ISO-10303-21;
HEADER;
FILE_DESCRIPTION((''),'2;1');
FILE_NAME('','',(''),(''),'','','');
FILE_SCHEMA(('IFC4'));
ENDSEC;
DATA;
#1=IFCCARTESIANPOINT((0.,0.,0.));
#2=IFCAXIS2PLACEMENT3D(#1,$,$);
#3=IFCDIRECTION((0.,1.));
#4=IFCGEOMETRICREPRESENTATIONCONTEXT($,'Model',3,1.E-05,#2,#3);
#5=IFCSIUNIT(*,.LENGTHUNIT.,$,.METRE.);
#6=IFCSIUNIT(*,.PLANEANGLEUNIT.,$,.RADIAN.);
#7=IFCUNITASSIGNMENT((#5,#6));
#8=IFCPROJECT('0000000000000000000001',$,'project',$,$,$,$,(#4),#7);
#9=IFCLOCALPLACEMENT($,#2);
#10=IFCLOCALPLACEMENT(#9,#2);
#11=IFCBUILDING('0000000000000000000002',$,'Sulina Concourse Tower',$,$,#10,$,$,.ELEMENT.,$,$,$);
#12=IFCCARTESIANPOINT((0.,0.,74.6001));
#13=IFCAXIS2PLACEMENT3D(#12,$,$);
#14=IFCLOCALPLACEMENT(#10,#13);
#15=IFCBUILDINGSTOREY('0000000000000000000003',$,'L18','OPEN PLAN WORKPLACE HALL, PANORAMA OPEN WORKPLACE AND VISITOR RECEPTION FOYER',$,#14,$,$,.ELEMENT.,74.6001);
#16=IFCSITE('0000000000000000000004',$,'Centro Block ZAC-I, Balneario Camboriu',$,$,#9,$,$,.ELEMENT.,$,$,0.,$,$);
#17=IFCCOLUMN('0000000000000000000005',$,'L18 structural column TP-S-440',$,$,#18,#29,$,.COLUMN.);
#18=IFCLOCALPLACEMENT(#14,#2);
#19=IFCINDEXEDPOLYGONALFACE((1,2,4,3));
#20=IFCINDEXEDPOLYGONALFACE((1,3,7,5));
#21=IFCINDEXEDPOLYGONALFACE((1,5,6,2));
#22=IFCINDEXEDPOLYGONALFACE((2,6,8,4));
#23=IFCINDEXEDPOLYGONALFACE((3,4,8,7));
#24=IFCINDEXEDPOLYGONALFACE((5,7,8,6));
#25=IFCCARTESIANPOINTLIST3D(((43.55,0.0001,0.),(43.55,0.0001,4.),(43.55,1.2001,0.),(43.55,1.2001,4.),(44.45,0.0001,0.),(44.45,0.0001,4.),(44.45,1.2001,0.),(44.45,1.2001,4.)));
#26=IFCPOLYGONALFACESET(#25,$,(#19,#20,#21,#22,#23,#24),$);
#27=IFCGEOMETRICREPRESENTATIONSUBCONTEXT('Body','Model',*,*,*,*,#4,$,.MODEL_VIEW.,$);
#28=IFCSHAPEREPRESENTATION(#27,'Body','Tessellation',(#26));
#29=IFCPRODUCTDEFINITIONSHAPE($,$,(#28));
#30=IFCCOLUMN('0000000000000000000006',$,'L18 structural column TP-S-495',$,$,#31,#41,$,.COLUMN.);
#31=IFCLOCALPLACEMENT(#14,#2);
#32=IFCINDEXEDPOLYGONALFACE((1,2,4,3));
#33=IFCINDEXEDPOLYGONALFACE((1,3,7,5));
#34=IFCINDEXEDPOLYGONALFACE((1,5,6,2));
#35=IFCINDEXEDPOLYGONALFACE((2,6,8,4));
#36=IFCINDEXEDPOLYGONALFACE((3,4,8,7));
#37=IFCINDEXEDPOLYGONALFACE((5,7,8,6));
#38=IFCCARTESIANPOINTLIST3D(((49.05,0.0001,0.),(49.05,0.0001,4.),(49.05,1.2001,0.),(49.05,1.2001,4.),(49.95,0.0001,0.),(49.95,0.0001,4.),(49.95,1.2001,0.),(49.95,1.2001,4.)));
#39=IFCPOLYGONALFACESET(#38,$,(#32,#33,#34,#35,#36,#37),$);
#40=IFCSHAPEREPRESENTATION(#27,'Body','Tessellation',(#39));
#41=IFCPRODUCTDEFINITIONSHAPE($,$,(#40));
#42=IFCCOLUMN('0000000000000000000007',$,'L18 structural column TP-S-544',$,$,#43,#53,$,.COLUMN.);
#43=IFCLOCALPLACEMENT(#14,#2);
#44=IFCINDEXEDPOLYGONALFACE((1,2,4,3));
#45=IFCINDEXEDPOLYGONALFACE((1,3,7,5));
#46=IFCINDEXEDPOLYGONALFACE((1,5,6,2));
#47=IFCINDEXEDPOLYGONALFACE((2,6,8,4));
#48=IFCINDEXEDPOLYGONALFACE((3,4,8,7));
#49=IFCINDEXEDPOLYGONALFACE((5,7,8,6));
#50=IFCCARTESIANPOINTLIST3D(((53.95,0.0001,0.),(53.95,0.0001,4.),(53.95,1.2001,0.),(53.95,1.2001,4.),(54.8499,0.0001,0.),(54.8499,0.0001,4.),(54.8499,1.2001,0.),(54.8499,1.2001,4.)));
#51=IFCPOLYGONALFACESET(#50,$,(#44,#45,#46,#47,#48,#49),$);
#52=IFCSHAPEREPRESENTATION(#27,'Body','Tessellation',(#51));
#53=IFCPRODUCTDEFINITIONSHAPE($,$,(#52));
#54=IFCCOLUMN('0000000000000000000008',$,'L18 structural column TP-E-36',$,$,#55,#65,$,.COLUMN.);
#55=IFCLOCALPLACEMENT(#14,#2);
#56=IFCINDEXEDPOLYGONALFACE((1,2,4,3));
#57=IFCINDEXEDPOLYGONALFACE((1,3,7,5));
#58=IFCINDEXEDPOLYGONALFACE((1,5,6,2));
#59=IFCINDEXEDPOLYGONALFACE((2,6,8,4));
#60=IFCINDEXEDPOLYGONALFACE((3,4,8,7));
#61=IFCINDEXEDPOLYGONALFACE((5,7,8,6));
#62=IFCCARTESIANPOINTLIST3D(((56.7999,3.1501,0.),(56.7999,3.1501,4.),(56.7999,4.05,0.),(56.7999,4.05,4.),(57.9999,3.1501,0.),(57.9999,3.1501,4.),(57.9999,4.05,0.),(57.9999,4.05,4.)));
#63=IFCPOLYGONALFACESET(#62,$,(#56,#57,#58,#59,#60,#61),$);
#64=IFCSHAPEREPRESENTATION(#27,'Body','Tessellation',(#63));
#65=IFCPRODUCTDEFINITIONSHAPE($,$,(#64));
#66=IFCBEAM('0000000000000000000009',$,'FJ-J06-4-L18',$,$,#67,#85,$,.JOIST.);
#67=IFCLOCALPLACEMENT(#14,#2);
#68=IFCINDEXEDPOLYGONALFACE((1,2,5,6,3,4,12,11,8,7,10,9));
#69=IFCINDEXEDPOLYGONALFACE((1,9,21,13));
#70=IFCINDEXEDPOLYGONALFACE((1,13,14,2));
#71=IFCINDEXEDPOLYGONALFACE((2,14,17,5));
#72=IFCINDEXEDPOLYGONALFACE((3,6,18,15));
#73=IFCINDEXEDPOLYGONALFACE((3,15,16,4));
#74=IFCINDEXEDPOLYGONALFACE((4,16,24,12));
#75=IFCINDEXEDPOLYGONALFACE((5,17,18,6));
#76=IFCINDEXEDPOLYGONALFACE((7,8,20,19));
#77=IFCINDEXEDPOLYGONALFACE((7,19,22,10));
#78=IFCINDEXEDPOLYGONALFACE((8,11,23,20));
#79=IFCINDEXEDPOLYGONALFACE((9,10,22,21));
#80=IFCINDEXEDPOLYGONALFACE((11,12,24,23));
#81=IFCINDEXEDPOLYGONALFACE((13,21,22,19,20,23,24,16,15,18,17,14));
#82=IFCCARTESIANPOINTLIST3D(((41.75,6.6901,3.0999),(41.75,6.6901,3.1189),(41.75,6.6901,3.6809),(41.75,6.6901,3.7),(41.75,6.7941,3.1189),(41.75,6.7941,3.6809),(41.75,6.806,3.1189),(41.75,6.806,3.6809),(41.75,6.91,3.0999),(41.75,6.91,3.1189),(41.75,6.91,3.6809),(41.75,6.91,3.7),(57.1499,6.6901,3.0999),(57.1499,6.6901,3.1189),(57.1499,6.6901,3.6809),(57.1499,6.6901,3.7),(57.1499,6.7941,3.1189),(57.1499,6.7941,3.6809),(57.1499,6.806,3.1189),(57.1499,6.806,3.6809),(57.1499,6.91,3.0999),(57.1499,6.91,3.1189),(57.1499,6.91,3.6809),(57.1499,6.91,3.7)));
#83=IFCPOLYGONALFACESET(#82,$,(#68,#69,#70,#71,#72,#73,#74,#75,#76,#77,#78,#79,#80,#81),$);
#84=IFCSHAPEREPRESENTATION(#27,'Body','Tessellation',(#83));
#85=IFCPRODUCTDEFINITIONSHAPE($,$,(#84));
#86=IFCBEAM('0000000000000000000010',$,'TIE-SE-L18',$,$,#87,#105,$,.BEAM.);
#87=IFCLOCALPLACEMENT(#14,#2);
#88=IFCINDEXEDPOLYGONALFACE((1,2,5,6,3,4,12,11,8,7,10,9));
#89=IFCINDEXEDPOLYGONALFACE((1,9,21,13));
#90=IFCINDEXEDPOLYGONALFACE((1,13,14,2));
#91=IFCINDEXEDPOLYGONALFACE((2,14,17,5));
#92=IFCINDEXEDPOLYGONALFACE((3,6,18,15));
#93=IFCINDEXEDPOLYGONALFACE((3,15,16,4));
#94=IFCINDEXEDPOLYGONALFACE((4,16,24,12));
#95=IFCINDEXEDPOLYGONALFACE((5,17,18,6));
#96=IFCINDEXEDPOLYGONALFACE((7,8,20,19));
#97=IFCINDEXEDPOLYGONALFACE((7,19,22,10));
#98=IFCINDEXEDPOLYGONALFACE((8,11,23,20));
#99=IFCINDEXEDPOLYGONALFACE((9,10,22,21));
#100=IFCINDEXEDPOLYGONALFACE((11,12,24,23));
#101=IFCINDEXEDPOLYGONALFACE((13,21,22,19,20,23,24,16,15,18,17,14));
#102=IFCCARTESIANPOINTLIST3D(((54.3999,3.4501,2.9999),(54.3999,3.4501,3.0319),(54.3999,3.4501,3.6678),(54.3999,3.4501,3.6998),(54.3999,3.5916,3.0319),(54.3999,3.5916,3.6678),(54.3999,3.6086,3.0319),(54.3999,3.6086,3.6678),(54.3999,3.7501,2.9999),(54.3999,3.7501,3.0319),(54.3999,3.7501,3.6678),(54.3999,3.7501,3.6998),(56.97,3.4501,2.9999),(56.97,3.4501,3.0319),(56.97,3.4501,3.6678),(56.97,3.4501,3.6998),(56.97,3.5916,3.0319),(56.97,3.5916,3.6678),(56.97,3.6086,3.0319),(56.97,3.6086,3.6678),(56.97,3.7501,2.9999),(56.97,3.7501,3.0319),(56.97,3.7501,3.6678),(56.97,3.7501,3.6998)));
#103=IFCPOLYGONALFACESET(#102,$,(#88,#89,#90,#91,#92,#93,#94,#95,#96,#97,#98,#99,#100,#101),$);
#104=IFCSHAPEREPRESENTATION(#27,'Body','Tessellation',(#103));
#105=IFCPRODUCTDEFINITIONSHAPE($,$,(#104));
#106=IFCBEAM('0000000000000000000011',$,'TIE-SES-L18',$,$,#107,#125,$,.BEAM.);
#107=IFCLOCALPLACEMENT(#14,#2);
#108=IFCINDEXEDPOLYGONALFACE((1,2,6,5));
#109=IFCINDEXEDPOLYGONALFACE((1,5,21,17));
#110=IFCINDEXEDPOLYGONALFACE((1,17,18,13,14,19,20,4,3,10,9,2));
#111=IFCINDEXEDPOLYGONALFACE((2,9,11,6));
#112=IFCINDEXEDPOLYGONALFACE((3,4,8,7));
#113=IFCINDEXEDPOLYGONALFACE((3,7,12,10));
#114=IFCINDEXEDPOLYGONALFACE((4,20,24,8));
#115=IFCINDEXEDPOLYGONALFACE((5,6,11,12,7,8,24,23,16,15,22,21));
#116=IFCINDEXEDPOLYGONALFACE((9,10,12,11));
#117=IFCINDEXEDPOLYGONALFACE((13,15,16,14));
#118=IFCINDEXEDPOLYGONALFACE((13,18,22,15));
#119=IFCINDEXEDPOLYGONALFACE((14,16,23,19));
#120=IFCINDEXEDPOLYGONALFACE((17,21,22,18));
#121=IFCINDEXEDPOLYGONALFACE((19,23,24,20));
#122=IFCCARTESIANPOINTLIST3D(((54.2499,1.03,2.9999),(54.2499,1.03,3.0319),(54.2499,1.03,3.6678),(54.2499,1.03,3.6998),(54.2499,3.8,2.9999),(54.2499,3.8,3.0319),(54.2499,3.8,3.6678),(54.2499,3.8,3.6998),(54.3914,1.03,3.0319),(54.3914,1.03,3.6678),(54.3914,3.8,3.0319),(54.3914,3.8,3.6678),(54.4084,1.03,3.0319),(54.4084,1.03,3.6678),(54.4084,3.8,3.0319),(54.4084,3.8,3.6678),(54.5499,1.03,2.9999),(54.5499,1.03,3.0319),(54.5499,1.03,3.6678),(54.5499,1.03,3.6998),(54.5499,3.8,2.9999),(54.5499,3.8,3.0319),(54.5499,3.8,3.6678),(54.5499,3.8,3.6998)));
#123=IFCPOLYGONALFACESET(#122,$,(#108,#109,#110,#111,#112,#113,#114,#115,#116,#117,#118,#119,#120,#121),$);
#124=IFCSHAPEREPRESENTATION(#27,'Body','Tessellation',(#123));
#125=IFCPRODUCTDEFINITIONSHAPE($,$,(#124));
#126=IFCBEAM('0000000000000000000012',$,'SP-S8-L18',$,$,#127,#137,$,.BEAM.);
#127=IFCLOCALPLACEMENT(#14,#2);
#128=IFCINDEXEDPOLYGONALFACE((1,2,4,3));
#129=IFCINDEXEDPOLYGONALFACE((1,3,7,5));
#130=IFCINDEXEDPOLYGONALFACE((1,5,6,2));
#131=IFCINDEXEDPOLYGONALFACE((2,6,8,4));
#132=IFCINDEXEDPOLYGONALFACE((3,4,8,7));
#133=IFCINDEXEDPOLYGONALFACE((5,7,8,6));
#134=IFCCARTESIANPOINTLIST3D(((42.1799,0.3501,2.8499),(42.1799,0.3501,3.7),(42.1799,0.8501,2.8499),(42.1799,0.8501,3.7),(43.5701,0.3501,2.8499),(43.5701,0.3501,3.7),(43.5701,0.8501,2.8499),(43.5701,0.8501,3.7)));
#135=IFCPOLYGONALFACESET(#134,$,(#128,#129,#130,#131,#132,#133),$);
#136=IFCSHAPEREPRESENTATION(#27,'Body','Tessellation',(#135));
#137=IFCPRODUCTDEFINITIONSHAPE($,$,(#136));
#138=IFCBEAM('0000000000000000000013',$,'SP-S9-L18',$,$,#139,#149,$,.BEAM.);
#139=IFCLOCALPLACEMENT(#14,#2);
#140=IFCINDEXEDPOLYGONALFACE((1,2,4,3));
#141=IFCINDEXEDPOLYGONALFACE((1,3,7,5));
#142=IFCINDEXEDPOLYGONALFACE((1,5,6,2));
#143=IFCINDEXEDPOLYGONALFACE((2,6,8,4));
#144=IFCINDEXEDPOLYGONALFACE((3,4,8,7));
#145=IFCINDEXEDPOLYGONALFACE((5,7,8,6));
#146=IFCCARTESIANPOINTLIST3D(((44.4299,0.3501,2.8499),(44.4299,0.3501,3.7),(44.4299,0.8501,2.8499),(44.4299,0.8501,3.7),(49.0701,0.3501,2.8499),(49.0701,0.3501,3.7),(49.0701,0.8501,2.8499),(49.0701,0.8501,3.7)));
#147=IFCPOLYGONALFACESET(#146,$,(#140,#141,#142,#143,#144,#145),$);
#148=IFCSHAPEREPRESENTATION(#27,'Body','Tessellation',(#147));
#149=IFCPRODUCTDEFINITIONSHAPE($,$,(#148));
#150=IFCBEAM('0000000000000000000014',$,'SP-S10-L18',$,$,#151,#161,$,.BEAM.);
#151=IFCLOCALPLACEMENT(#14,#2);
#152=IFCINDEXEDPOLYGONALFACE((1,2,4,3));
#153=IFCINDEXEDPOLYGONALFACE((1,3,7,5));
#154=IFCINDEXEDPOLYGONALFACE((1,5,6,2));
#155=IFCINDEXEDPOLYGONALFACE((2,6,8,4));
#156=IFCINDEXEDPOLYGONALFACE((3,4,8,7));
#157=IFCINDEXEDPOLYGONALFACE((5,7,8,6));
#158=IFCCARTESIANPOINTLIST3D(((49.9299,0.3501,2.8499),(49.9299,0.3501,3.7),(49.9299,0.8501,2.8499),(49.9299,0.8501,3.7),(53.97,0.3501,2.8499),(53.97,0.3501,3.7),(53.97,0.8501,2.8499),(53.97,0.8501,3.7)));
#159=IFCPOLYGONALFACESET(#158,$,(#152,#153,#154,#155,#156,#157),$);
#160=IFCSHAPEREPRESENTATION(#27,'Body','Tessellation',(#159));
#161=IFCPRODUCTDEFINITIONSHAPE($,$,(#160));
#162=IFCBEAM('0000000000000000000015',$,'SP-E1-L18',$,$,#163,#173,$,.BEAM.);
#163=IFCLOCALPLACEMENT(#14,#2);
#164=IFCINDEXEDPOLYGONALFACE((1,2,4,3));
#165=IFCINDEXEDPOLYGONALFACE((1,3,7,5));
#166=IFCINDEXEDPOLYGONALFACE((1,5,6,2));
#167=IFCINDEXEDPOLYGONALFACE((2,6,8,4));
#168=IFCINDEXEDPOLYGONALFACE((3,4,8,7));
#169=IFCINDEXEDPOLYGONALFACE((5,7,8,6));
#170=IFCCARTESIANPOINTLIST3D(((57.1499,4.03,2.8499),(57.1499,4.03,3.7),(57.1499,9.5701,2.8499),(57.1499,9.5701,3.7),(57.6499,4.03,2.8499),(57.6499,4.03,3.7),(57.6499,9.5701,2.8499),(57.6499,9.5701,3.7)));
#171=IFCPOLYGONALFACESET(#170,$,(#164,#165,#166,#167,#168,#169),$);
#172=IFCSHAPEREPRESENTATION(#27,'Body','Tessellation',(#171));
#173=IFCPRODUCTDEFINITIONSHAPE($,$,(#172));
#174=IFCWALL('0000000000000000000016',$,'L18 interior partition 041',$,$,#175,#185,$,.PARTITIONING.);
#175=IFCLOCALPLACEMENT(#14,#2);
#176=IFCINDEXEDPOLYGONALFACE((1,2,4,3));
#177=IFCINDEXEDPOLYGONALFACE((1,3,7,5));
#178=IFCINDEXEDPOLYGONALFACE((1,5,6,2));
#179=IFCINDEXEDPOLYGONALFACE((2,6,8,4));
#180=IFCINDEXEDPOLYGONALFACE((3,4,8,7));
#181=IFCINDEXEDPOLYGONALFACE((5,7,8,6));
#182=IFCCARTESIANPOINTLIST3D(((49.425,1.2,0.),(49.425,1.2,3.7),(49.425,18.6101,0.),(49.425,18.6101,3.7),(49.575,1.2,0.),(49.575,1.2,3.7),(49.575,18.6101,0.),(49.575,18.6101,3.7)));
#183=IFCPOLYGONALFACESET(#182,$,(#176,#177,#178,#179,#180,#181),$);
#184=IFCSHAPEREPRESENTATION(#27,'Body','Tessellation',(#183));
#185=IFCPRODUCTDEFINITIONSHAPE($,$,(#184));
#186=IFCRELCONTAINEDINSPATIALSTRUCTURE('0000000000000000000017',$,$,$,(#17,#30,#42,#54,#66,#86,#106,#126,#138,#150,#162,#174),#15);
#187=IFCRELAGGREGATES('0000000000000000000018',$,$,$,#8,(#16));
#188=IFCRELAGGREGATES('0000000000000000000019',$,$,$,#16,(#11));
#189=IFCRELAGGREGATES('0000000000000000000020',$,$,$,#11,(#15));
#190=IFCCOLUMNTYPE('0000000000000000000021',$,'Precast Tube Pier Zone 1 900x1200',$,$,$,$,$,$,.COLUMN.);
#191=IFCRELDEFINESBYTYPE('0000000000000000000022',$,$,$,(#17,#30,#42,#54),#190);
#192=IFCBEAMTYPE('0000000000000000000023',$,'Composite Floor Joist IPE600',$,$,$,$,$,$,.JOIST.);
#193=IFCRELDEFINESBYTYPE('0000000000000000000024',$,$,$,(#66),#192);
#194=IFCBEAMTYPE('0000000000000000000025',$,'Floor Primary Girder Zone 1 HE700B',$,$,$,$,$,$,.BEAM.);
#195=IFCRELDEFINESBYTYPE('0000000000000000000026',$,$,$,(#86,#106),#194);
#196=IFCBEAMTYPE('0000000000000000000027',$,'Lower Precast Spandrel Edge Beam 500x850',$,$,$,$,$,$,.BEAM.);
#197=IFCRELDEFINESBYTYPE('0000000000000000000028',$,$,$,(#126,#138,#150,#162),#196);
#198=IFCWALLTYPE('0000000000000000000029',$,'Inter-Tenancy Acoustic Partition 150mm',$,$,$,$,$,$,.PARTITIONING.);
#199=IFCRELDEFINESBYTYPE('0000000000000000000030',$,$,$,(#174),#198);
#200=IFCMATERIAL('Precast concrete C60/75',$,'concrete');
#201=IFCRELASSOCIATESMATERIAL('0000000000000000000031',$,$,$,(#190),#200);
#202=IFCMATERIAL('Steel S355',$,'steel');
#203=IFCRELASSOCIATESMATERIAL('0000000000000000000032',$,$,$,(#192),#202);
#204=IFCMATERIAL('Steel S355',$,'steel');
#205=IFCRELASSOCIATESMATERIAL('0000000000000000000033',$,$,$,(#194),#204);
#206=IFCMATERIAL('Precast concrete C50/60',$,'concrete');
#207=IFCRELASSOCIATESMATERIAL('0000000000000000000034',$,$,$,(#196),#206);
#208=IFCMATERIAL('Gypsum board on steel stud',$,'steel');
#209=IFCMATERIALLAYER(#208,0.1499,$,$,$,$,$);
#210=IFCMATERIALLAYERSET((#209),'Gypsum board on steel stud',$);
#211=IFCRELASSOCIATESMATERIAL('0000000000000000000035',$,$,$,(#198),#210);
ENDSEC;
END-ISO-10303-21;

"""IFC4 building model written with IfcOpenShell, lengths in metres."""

from ifc_helpers import new_model, si_unit, direction, frame, frame_2d, origin, origin_2d, place, context, subcontext, project, spatial, rectangle, i_section, extrude, material, layer, layer_set, material_profile, profile_set, type_object, element, save


model = new_model("IFC4")

# Units and contexts
model_context = context("Model", 3, precision=1e-05, world=origin(), true_north=direction((0.0, 1.0)))
body_context = subcontext(model_context, "Body", "Model", "MODEL_VIEW")
ifc_project = project(units=[si_unit("LENGTHUNIT", "METRE"), si_unit("PLANEANGLEUNIT", "RADIAN")], contexts=[model_context])

# Site, building, storey
site_placement = place(None, origin())
site = spatial("IfcSite", under=ifc_project, at=site_placement, Name="Centro Block ZAC-I, Balneario Camboriu", CompositionType="ELEMENT", RefElevation=0.0)
building_placement = place(site_placement, origin())
building = spatial("IfcBuilding", under=site, at=building_placement, Name="Sulina Concourse Tower", CompositionType="ELEMENT")
storey_placement = place(building_placement, frame((0.0, 0.0, 74.6001)))
storey = spatial("IfcBuildingStorey", under=building, at=storey_placement, Name="L18", Description="OPEN PLAN WORKPLACE HALL, PANORAMA OPEN WORKPLACE AND VISITOR RECEPTION FOYER", CompositionType="ELEMENT", Elevation=74.6001)

# Columns
ifc_material_1 = material(Name="Precast concrete C60/75", Category="concrete")
ifc_material_profile_1 = material_profile(ifc_material_1, rectangle(XDim=0.8999, YDim=1.2, at=origin_2d()), Name="PC 900x1200")
ifc_profile_set_1 = profile_set([ifc_material_profile_1], Name="Precast concrete C60/75")
column_type = type_object("IfcColumnType", Name="Precast Tube Pier Zone 1 900x1200", PredefinedType="COLUMN", material=ifc_profile_set_1)
for number, where, z_axis, x_axis, name in (
    (1, (44.0, 0.6001, 0.0), (0.0, 0.0, 1.0), (1.0, 0.0, 0.0), "L18 structural column TP-S-440"),
    (2, (49.5, 0.6001, 0.0), (0.0, 0.0, 1.0), (1.0, 0.0, 0.0), "L18 structural column TP-S-495"),
    (3, (54.3999, 0.6001, 0.0), (0.0, 0.0, 1.0), (1.0, 0.0, 0.0), "L18 structural column TP-S-544"),
    (4, (57.3999, 3.6001, 0.0), (0.0, 0.0, 1.0), (0.0, 1.0, 0.0), "L18 structural column TP-E-36"),
):
    element("IfcColumn", number, at=place(storey_placement, frame(where, z_axis=z_axis, x_axis=x_axis)), inside=storey, type_object=column_type, Name=name, PredefinedType="COLUMN", context=body_context, shape_type="SweptSolid", body=[
        extrude(rectangle(XDim=0.8999, YDim=1.2, at=origin_2d()), origin(), (0.0, 0.0, 1.0), 4.0),
    ])

# Beams
ifc_material_2 = material(Name="Steel S355", Category="steel")
ifc_material_profile_2 = material_profile(ifc_material_2, i_section(OverallWidth=0.22, OverallDepth=0.6001, WebThickness=0.012, FlangeThickness=0.019, at=origin_2d()), Name="IPE 600")
ifc_profile_set_2 = profile_set([ifc_material_profile_2], Name="Steel S355")
beam_type_1 = type_object("IfcBeamType", Name="Composite Floor Joist IPE600", PredefinedType="JOIST", material=ifc_profile_set_2)
beam_1_placement = place(storey_placement, frame((41.75, 6.8, 3.3999), z_axis=(1.0, 0.0, 0.0), x_axis=(0.0, 1.0, 0.0)))
element("IfcBeam", 5, at=beam_1_placement, inside=storey, type_object=beam_type_1, Name="FJ-J06-4-L18", PredefinedType="JOIST", context=body_context, shape_type="SweptSolid", body=[
    extrude(i_section(OverallWidth=0.22, OverallDepth=0.6001, WebThickness=0.012, FlangeThickness=0.019, at=origin_2d()), origin(), (0.0, 0.0, 1.0), 15.3999),
])
ifc_material_3 = material(Name="Steel S355", Category="steel")
ifc_material_profile_3 = material_profile(ifc_material_3, i_section(OverallWidth=0.3, OverallDepth=0.7, WebThickness=0.0171, FlangeThickness=0.032, at=origin_2d()), Name="HE 700 B")
ifc_profile_set_3 = profile_set([ifc_material_profile_3], Name="Steel S355")
beam_type_2 = type_object("IfcBeamType", Name="Floor Primary Girder Zone 1 HE700B", PredefinedType="BEAM", material=ifc_profile_set_3)
beam_2_placement = place(storey_placement, frame((54.3999, 3.6001, 3.3499), z_axis=(1.0, 0.0, 0.0), x_axis=(0.0, 1.0, 0.0)))
element("IfcBeam", 6, at=beam_2_placement, inside=storey, type_object=beam_type_2, Name="TIE-SE-L18", PredefinedType="BEAM", context=body_context, shape_type="SweptSolid", body=[
    extrude(i_section(OverallWidth=0.3, OverallDepth=0.7, WebThickness=0.0171, FlangeThickness=0.032, at=origin_2d()), origin(), (0.0, 0.0, 1.0), 2.5701),
])
beam_3_placement = place(storey_placement, frame((54.3999, 1.03, 3.3499), z_axis=(0.0, 1.0, 0.0), x_axis=(-1.0, 0.0, 0.0)))
element("IfcBeam", 7, at=beam_3_placement, inside=storey, type_object=beam_type_2, Name="TIE-SES-L18", PredefinedType="BEAM", context=body_context, shape_type="SweptSolid", body=[
    extrude(i_section(OverallWidth=0.3, OverallDepth=0.7, WebThickness=0.0171, FlangeThickness=0.032, at=origin_2d()), origin(), (0.0, 0.0, 1.0), 2.77),
])
ifc_material_4 = material(Name="Precast concrete C50/60", Category="concrete")
ifc_material_profile_4 = material_profile(ifc_material_4, rectangle(XDim=0.5, YDim=0.8501, at=origin_2d()), Name="RC 500x850")
ifc_profile_set_4 = profile_set([ifc_material_profile_4], Name="Precast concrete C50/60")
beam_type_3 = type_object("IfcBeamType", Name="Lower Precast Spandrel Edge Beam 500x850", PredefinedType="BEAM", material=ifc_profile_set_4)
beam_4_placement = place(storey_placement, frame((42.1799, 0.6001, 3.2749), z_axis=(1.0, 0.0, 0.0), x_axis=(0.0, 1.0, 0.0)))
element("IfcBeam", 8, at=beam_4_placement, inside=storey, type_object=beam_type_3, Name="SP-S8-L18", PredefinedType="BEAM", context=body_context, shape_type="SweptSolid", body=[
    extrude(rectangle(XDim=0.5, YDim=0.8501, at=origin_2d()), origin(), (0.0, 0.0, 1.0), 1.3901),
])
beam_5_placement = place(storey_placement, frame((44.4299, 0.6001, 3.2749), z_axis=(1.0, 0.0, 0.0), x_axis=(0.0, 1.0, 0.0)))
element("IfcBeam", 9, at=beam_5_placement, inside=storey, type_object=beam_type_3, Name="SP-S9-L18", PredefinedType="BEAM", context=body_context, shape_type="SweptSolid", body=[
    extrude(rectangle(XDim=0.5, YDim=0.8501, at=origin_2d()), origin(), (0.0, 0.0, 1.0), 4.6401),
])
beam_6_placement = place(storey_placement, frame((49.9299, 0.6001, 3.2749), z_axis=(1.0, 0.0, 0.0), x_axis=(0.0, 1.0, 0.0)))
element("IfcBeam", 10, at=beam_6_placement, inside=storey, type_object=beam_type_3, Name="SP-S10-L18", PredefinedType="BEAM", context=body_context, shape_type="SweptSolid", body=[
    extrude(rectangle(XDim=0.5, YDim=0.8501, at=origin_2d()), origin(), (0.0, 0.0, 1.0), 4.04),
])
beam_7_placement = place(storey_placement, frame((57.3999, 4.03, 3.2749), z_axis=(0.0, 1.0, 0.0), x_axis=(-1.0, 0.0, 0.0)))
element("IfcBeam", 11, at=beam_7_placement, inside=storey, type_object=beam_type_3, Name="SP-E1-L18", PredefinedType="BEAM", context=body_context, shape_type="SweptSolid", body=[
    extrude(rectangle(XDim=0.5, YDim=0.8501, at=origin_2d()), origin(), (0.0, 0.0, 1.0), 5.54),
])

# Wall
ifc_material_5 = material(Name="Gypsum board on steel stud", Category="steel")
ifc_layer_1 = layer(ifc_material_5, 0.1499)
ifc_layer_set_1 = layer_set([ifc_layer_1], Name="Gypsum board on steel stud")
wall_type_1 = type_object("IfcWallType", Name="Inter-Tenancy Acoustic Partition 150mm", PredefinedType="PARTITIONING", material=ifc_layer_set_1)
wall_1_placement = place(storey_placement, frame((49.5, 1.2, 0.0), z_axis=(0.0, 0.0, 1.0), x_axis=(0.0, 1.0, 0.0)))
element("IfcWall", 12, at=wall_1_placement, inside=storey, type_object=wall_type_1, Name="L18 interior partition 041", PredefinedType="PARTITIONING", context=body_context, shape_type="SweptSolid", body=[
    extrude(rectangle(XDim=17.4102, YDim=0.1499, at=frame_2d((8.7051, 0.0))), origin(), (0.0, 0.0, 1.0), 3.7),
])

save(model, "model.ifc")
